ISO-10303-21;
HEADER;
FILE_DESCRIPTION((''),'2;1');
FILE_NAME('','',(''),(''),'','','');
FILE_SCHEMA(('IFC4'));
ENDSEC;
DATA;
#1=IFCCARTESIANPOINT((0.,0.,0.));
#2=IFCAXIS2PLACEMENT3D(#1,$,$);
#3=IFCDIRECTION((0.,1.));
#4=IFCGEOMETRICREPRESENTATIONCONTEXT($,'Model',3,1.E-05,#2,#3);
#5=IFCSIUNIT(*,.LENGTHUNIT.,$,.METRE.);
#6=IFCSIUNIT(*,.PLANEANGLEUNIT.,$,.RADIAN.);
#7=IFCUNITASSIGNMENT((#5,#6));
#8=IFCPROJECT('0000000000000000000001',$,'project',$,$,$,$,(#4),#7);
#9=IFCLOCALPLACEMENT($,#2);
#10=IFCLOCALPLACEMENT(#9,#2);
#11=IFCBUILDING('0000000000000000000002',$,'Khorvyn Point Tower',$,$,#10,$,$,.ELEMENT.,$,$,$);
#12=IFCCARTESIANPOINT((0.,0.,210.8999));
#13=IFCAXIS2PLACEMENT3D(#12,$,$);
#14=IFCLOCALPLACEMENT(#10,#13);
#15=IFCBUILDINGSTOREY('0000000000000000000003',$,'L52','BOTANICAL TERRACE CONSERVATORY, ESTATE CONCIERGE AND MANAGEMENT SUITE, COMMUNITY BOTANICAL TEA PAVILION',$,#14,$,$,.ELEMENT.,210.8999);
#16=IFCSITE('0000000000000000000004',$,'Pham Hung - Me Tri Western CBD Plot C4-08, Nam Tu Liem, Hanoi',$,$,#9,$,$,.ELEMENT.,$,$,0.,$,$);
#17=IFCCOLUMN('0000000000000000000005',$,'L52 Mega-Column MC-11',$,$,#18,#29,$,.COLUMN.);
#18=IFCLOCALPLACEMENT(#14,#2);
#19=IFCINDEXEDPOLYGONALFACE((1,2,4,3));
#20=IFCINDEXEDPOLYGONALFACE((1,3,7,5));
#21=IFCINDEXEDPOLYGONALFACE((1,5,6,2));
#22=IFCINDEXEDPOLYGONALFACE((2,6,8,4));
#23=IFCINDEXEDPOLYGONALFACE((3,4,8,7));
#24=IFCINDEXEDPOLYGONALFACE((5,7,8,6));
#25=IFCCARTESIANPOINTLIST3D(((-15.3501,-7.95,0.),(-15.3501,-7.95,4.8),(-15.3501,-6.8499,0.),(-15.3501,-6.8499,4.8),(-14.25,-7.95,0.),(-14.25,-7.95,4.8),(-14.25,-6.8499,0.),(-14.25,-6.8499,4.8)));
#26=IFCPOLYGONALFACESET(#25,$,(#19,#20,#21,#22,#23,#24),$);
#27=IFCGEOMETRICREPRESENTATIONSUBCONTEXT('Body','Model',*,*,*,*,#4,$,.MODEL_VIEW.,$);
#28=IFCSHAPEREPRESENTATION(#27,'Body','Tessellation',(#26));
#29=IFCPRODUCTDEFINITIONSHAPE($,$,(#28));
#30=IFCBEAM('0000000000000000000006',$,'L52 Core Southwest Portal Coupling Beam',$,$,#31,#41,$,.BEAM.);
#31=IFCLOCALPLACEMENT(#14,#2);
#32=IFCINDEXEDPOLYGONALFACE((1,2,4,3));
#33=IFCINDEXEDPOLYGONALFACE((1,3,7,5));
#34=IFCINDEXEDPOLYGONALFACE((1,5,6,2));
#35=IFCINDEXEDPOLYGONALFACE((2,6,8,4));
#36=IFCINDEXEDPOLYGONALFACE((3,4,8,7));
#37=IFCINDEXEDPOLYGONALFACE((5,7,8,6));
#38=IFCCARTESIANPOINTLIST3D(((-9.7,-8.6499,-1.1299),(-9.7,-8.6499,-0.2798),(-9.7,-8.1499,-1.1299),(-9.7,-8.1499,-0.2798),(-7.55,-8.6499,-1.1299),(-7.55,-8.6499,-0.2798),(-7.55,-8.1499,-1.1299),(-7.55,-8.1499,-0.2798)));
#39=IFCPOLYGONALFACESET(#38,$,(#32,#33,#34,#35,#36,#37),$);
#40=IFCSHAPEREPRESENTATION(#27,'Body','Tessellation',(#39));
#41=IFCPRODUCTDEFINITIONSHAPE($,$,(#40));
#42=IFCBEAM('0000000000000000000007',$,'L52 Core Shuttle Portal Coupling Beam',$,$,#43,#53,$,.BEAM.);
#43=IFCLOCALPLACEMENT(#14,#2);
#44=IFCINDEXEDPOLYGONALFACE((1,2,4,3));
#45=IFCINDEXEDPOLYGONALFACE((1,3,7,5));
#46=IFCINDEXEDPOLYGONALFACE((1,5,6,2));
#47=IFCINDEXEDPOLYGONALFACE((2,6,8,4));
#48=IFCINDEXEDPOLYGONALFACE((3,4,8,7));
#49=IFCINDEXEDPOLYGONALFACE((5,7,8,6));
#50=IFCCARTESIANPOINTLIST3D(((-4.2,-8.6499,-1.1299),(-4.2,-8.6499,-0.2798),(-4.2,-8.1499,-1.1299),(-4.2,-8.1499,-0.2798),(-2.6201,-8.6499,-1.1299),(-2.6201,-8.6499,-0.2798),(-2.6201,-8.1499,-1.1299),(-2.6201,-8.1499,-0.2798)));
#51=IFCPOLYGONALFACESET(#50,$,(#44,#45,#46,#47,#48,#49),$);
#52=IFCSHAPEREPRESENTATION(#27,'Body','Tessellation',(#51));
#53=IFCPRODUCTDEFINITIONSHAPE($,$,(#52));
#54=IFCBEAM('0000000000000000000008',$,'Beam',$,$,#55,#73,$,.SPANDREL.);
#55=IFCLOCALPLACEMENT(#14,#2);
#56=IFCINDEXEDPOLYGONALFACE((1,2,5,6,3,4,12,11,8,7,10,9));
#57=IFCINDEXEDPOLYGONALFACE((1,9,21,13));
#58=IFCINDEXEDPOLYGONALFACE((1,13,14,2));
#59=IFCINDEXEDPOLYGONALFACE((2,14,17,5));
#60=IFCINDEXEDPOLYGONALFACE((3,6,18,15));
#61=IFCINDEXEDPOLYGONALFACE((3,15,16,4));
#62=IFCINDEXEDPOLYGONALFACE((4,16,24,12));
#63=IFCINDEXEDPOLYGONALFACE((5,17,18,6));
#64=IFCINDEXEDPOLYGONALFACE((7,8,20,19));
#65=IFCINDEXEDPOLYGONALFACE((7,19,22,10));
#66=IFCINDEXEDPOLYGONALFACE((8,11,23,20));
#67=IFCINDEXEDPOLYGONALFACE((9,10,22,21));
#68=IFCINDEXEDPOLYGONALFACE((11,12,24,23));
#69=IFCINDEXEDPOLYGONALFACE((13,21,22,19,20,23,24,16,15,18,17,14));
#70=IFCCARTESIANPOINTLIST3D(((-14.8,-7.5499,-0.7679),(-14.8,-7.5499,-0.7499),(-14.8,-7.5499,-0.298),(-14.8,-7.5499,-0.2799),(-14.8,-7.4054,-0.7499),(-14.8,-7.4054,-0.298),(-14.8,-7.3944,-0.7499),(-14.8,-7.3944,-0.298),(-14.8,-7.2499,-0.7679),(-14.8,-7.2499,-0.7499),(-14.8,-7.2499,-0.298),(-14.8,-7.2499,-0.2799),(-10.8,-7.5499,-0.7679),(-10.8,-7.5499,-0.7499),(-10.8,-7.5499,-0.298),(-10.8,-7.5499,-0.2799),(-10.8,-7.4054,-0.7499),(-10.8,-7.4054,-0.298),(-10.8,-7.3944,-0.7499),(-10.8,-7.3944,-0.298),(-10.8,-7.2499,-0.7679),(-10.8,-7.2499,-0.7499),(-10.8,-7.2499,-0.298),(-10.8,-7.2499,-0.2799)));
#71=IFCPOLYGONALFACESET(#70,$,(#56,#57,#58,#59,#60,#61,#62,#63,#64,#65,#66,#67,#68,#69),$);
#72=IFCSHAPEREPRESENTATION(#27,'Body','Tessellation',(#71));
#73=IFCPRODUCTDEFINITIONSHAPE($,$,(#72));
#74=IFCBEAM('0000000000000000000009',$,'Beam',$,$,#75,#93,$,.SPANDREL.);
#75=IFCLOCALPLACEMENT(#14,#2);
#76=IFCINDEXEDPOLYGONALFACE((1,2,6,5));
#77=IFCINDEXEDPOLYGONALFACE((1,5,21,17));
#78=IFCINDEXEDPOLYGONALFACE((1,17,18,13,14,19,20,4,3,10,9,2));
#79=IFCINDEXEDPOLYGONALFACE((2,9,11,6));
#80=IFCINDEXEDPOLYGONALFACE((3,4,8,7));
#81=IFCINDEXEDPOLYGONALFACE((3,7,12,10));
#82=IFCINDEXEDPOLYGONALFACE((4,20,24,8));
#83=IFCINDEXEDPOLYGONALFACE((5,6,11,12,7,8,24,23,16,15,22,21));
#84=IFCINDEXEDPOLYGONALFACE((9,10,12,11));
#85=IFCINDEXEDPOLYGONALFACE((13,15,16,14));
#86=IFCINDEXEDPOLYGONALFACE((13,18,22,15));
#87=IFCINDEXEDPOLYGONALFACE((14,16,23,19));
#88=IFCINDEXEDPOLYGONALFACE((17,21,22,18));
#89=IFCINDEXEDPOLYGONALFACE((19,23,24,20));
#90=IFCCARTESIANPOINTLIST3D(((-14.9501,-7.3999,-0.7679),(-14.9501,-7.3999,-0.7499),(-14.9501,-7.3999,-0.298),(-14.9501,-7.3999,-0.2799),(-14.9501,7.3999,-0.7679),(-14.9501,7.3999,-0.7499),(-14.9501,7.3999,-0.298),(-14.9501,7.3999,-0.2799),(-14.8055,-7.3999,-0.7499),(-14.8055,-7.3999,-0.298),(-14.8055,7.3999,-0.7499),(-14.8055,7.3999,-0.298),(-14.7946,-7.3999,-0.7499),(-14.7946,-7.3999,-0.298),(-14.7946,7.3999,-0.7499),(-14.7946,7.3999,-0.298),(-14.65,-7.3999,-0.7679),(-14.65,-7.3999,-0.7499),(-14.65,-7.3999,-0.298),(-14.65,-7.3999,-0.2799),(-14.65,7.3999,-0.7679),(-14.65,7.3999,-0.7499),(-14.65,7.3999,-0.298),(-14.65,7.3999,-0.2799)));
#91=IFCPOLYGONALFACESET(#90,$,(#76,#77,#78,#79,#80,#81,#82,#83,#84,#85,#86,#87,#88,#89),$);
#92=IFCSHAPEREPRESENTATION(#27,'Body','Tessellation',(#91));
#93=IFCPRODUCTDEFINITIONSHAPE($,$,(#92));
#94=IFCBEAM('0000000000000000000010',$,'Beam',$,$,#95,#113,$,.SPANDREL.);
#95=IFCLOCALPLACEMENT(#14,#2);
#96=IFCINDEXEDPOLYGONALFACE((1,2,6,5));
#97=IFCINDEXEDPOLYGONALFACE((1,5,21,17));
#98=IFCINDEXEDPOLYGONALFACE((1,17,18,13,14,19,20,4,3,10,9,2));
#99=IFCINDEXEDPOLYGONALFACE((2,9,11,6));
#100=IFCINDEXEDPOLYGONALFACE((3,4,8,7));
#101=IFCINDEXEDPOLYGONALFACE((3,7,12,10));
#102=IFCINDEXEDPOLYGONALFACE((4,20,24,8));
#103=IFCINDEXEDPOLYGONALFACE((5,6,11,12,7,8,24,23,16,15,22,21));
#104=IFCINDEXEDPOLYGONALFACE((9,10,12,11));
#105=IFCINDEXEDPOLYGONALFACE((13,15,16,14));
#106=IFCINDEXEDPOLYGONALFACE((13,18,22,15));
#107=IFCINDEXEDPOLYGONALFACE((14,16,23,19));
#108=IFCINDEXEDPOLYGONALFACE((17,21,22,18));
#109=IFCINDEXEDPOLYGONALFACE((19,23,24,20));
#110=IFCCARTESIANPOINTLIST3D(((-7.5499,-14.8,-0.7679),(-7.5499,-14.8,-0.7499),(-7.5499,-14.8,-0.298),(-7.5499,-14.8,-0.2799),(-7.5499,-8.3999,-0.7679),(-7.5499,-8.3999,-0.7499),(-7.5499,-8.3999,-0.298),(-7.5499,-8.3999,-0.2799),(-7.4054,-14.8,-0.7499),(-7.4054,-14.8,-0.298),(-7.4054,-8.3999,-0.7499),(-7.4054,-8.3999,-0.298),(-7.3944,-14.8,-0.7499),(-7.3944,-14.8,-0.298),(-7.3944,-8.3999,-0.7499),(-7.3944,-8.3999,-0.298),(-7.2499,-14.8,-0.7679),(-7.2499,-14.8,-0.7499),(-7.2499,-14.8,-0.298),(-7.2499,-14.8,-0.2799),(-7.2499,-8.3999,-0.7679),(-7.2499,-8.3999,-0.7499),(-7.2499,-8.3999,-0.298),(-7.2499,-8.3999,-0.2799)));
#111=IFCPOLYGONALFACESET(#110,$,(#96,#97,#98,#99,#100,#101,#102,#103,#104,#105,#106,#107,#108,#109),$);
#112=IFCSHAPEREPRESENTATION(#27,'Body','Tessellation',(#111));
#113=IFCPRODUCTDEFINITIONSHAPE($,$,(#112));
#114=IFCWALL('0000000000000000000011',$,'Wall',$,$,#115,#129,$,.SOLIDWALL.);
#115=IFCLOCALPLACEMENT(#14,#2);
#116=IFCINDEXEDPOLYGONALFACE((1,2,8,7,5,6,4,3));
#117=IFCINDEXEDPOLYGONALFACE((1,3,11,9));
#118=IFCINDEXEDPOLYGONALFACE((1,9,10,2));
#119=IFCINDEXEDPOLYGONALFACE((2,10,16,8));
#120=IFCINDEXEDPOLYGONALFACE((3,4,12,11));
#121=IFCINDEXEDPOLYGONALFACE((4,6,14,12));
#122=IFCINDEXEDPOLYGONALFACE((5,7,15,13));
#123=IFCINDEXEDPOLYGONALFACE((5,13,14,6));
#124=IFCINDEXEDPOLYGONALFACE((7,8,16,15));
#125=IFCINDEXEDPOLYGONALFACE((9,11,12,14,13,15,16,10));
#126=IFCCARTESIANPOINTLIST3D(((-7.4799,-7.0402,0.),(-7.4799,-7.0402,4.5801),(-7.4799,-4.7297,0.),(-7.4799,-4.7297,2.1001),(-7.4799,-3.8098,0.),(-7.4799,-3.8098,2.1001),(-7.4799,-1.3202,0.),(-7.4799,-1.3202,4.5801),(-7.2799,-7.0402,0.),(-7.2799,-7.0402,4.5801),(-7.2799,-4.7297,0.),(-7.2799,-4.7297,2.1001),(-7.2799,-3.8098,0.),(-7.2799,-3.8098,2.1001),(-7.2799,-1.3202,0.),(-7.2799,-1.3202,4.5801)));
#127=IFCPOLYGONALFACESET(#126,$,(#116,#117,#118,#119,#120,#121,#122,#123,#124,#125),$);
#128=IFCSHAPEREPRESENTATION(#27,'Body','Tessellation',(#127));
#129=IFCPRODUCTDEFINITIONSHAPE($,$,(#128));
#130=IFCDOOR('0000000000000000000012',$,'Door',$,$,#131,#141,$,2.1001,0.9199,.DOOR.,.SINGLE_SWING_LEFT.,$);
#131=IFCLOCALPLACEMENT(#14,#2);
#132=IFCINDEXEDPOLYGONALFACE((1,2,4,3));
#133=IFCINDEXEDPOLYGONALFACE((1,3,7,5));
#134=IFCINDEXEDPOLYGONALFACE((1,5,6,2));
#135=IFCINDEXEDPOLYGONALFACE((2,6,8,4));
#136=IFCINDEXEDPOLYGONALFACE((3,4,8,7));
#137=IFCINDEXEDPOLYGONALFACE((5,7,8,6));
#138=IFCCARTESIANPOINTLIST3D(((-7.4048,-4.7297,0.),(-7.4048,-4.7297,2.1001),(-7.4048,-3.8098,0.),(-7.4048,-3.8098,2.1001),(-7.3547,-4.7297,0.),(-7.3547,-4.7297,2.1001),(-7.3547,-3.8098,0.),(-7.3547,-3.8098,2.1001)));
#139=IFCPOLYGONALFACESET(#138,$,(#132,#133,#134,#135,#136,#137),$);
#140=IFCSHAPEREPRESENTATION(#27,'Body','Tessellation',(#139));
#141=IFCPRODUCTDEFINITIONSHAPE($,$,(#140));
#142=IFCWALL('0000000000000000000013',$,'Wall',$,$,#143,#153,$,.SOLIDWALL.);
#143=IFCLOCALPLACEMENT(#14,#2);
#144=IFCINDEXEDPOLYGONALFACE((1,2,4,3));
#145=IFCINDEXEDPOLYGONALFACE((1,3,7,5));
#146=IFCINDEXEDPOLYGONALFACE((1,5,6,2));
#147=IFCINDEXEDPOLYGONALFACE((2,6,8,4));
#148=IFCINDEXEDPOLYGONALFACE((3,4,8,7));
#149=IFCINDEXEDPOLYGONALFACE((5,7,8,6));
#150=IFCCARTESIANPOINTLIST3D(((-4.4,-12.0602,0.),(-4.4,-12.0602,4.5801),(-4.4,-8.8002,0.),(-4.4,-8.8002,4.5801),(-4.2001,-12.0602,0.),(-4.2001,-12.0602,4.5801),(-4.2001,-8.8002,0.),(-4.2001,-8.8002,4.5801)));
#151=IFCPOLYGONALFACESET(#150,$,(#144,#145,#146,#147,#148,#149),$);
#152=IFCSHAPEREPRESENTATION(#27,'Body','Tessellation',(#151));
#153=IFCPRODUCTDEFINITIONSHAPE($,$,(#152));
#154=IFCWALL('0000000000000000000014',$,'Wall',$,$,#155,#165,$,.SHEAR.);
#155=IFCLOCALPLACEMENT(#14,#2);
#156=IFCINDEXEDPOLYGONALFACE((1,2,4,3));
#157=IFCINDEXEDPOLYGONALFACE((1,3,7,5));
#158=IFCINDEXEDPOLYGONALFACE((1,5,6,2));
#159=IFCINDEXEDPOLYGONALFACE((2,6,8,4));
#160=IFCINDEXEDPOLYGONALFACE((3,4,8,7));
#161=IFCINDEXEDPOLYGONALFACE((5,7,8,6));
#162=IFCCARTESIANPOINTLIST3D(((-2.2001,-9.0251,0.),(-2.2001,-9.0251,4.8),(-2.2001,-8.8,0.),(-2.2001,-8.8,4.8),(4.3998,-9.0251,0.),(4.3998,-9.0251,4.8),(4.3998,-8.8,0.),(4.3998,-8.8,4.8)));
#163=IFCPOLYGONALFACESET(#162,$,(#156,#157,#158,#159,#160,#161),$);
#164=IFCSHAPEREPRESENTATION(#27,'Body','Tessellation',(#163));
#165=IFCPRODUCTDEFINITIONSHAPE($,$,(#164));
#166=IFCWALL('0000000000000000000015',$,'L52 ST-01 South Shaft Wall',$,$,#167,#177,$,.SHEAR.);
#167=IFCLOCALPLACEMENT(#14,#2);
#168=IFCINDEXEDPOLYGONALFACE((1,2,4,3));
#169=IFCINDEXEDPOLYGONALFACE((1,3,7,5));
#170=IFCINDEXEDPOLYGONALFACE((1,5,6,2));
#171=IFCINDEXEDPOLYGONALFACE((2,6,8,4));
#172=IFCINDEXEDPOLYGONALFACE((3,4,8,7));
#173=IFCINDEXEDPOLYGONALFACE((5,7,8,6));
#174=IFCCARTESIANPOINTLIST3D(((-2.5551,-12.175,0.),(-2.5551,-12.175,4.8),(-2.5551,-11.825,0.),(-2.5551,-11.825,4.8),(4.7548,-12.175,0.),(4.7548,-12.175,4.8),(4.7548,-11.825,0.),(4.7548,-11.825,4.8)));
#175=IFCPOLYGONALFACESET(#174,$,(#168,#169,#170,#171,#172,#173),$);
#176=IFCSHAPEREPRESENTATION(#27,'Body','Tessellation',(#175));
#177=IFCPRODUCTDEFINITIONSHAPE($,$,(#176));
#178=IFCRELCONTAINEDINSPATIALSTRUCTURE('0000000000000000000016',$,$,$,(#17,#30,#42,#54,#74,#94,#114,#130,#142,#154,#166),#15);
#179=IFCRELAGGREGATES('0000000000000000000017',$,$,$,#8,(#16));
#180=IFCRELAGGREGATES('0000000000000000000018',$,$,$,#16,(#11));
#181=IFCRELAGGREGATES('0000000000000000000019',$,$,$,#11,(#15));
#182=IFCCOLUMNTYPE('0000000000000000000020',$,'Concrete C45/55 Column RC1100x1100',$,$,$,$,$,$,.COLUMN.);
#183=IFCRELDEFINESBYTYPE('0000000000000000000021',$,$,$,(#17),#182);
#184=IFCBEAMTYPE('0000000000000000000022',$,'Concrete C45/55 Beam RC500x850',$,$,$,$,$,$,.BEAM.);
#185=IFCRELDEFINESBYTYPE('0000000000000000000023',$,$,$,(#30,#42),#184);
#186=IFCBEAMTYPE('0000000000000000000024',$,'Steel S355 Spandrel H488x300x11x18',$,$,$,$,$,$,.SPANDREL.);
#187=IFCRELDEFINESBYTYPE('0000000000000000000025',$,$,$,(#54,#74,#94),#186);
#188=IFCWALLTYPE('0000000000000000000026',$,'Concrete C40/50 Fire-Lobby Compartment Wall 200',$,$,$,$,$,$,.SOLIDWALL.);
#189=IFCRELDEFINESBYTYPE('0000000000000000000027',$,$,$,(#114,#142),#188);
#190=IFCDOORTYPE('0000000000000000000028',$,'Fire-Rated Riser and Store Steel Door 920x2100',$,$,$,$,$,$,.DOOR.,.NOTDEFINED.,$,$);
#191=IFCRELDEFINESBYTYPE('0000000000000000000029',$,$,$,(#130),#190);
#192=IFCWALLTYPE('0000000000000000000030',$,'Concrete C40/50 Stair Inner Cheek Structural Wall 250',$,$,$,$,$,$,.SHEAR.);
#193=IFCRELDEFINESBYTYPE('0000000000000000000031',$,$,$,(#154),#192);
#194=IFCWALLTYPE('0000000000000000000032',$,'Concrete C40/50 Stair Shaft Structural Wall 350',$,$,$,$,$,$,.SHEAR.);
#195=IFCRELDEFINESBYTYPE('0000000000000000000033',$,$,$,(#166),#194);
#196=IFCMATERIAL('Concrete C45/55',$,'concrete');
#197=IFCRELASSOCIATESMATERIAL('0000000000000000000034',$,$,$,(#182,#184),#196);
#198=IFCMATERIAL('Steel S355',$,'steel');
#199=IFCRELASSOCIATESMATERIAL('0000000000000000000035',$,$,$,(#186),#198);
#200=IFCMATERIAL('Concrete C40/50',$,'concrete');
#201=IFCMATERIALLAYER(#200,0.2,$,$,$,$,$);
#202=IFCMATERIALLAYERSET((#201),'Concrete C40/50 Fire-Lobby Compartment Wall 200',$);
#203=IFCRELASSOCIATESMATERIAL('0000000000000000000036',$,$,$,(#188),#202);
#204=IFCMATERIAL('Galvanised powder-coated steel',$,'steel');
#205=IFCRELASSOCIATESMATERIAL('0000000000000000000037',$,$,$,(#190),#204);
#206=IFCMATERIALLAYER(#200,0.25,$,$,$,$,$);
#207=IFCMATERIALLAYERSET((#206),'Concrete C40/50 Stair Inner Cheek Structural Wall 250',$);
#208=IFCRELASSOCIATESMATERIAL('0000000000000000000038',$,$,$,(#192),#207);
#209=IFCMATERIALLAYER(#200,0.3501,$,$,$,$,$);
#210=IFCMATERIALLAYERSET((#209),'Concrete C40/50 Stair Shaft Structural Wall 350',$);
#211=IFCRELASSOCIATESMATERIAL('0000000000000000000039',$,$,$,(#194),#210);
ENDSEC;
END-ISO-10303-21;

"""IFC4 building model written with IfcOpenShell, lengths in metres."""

from ifc_helpers import new_model, si_unit, direction, frame, frame_2d, origin, origin_2d, place, context, subcontext, project, spatial, rectangle, i_section, extrude, material, layer, layer_set, material_profile, profile_set, type_object, element, fill, save


model = new_model("IFC4")

# Units and contexts
model_context = context("Model", 3, precision=1e-05, world=origin(), true_north=direction((0.0, 1.0)))
body_context = subcontext(model_context, "Body", "Model", "MODEL_VIEW")
ifc_project = project(units=[si_unit("LENGTHUNIT", "METRE"), si_unit("PLANEANGLEUNIT", "RADIAN")], contexts=[model_context])

# Site, building, storey
site_placement = place(None, origin())
site = spatial("IfcSite", under=ifc_project, at=site_placement, Name="Pham Hung - Me Tri Western CBD Plot C4-08, Nam Tu Liem, Hanoi", CompositionType="ELEMENT", RefElevation=0.0)
building_placement = place(site_placement, origin())
building = spatial("IfcBuilding", under=site, at=building_placement, Name="Khorvyn Point Tower", CompositionType="ELEMENT")
storey_placement = place(building_placement, frame((0.0, 0.0, 210.8999)))
storey = spatial("IfcBuildingStorey", under=building, at=storey_placement, Name="L52", Description="BOTANICAL TERRACE CONSERVATORY, ESTATE CONCIERGE AND MANAGEMENT SUITE, COMMUNITY BOTANICAL TEA PAVILION", CompositionType="ELEMENT", Elevation=210.8999)

# Column
ifc_material_1 = material(Name="Concrete C45/55", Category="concrete")
ifc_material_profile_1 = material_profile(ifc_material_1, rectangle(XDim=1.1001, YDim=1.1001, at=origin_2d()))
ifc_profile_set_1 = profile_set([ifc_material_profile_1], Name="Concrete C45/55 RC1100x1100")
column_type = type_object("IfcColumnType", Name="Concrete C45/55 Column RC1100x1100", PredefinedType="COLUMN", material=ifc_profile_set_1)
column_placement = place(storey_placement, frame((-14.8, -7.3999, 0.0), z_axis=(0.0, 0.0, 1.0), x_axis=(1.0, 0.0, 0.0)))
element("IfcColumn", 1, at=column_placement, inside=storey, type_object=column_type, Name="L52 Mega-Column MC-11", PredefinedType="COLUMN", context=body_context, shape_type="SweptSolid", body=[
    extrude(rectangle(XDim=1.1001, YDim=1.1001, at=origin_2d()), origin(), (0.0, 0.0, 1.0), 4.8),
])

# Beams
ifc_material_profile_2 = material_profile(ifc_material_1, rectangle(XDim=0.5, YDim=0.8501, at=origin_2d()))
ifc_profile_set_2 = profile_set([ifc_material_profile_2], Name="Concrete C45/55 RC500x850")
beam_type_1 = type_object("IfcBeamType", Name="Concrete C45/55 Beam RC500x850", PredefinedType="BEAM", material=ifc_profile_set_2)
beam_1_placement = place(storey_placement, frame((-9.7, -8.3999, -0.7048), z_axis=(1.0, 0.0, 0.0), x_axis=(0.0, 1.0, 0.0)))
element("IfcBeam", 2, at=beam_1_placement, inside=storey, type_object=beam_type_1, Name="L52 Core Southwest Portal Coupling Beam", PredefinedType="BEAM", context=body_context, shape_type="SweptSolid", body=[
    extrude(rectangle(XDim=0.5, YDim=0.8501, at=origin_2d()), origin(), (0.0, 0.0, 1.0), 2.1499),
])
beam_2_placement = place(storey_placement, frame((-4.2, -8.3999, -0.7048), z_axis=(1.0, 0.0, 0.0), x_axis=(0.0, 1.0, 0.0)))
element("IfcBeam", 3, at=beam_2_placement, inside=storey, type_object=beam_type_1, Name="L52 Core Shuttle Portal Coupling Beam", PredefinedType="BEAM", context=body_context, shape_type="SweptSolid", body=[
    extrude(rectangle(XDim=0.5, YDim=0.8501, at=origin_2d()), origin(), (0.0, 0.0, 1.0), 1.5798),
])
ifc_material_2 = material(Name="Steel S355", Category="steel")
ifc_material_profile_3 = material_profile(ifc_material_2, i_section(OverallWidth=0.3, OverallDepth=0.488, WebThickness=0.011, FlangeThickness=0.0181, at=origin_2d()))
ifc_profile_set_3 = profile_set([ifc_material_profile_3], Name="Steel S355 H488x300x11x18")
beam_type_2 = type_object("IfcBeamType", Name="Steel S355 Spandrel H488x300x11x18", PredefinedType="SPANDREL", material=ifc_profile_set_3)
beam_3_placement = place(storey_placement, frame((-14.8, -7.3999, -0.5239), z_axis=(1.0, 0.0, 0.0), x_axis=(0.0, 1.0, 0.0)))
element("IfcBeam", 4, at=beam_3_placement, inside=storey, type_object=beam_type_2, Name="Beam", PredefinedType="SPANDREL", context=body_context, shape_type="SweptSolid", body=[
    extrude(i_section(OverallWidth=0.3, OverallDepth=0.488, WebThickness=0.011, FlangeThickness=0.0181, at=origin_2d()), origin(), (0.0, 0.0, 1.0), 4.0),
])
beam_4_placement = place(storey_placement, frame((-14.8, -7.3999, -0.5239), z_axis=(0.0, 1.0, 0.0), x_axis=(-1.0, 0.0, 0.0)))
element("IfcBeam", 5, at=beam_4_placement, inside=storey, type_object=beam_type_2, Name="Beam", PredefinedType="SPANDREL", context=body_context, shape_type="SweptSolid", body=[
    extrude(i_section(OverallWidth=0.3, OverallDepth=0.488, WebThickness=0.011, FlangeThickness=0.0181, at=origin_2d()), origin(), (0.0, 0.0, 1.0), 14.7998),
])
beam_5_placement = place(storey_placement, frame((-7.3999, -14.8, -0.5239), z_axis=(0.0, 1.0, 0.0), x_axis=(-1.0, 0.0, 0.0)))
element("IfcBeam", 6, at=beam_5_placement, inside=storey, type_object=beam_type_2, Name="Beam", PredefinedType="SPANDREL", context=body_context, shape_type="SweptSolid", body=[
    extrude(i_section(OverallWidth=0.3, OverallDepth=0.488, WebThickness=0.011, FlangeThickness=0.0181, at=origin_2d()), origin(), (0.0, 0.0, 1.0), 6.4001),
])

# Wall, opening, door
ifc_material_3 = material(Name="Concrete C40/50", Category="concrete")
ifc_layer_1 = layer(ifc_material_3, 0.2)
ifc_layer_set_1 = layer_set([ifc_layer_1], Name="Concrete C40/50 Fire-Lobby Compartment Wall 200")
wall_type_1 = type_object("IfcWallType", Name="Concrete C40/50 Fire-Lobby Compartment Wall 200", PredefinedType="SOLIDWALL", material=ifc_layer_set_1)
ifc_material_4 = material(Name="Galvanised powder-coated steel", Category="steel")
wall_1_placement = place(storey_placement, frame((-7.3799, -7.04, 0.0), z_axis=(0.0, 0.0, 1.0), x_axis=(0.0, 1.0, 0.0)))
wall_1 = element("IfcWall", 7, at=wall_1_placement, inside=storey, type_object=wall_type_1, Name="Wall", PredefinedType="SOLIDWALL", context=body_context, shape_type="SweptSolid", body=[
    extrude(rectangle(XDim=5.72, YDim=0.2, at=frame_2d((2.8599, 0.0))), origin(), (0.0, 0.0, 1.0), 4.5801),
])
opening_1_placement = place(wall_1_placement, frame((2.3103, 0.0, 0.0)))
opening_1 = element("IfcOpeningElement", 8, at=opening_1_placement, cuts=wall_1, PredefinedType="OPENING", context=body_context, shape_type="SweptSolid", body=[
    extrude(rectangle(XDim=0.9199, YDim=2.1001, at=frame_2d((0.46, 1.05))), frame((0.0, 0.1099, 0.0), z_axis=(0.0, -1.0, 0.0), x_axis=(1.0, 0.0, 0.0)), (0.0, 0.0, 1.0), 0.22),
])
door_type_1 = type_object("IfcDoorType", Name="Fire-Rated Riser and Store Steel Door 920x2100", OperationType="NOTDEFINED", PredefinedType="DOOR", material=ifc_material_4)
door_1_placement = place(opening_1_placement, origin())
door_1 = element("IfcDoor", 9, at=door_1_placement, inside=storey, type_object=door_type_1, Name="Door", OperationType="SINGLE_SWING_LEFT", OverallHeight=2.1001, OverallWidth=0.9199, PredefinedType="DOOR", context=body_context, shape_type="SweptSolid", body=[
    extrude(rectangle(XDim=0.9199, YDim=2.1001, at=frame_2d((0.46, 1.05))), frame((0.0, 0.0249, 0.0), z_axis=(0.0, -1.0, 0.0), x_axis=(1.0, 0.0, 0.0)), (0.0, 0.0, 1.0), 0.05),
])
fill(opening_1, door_1)

# Walls
wall_2_placement = place(storey_placement, frame((-4.3, -12.0601, 0.0), z_axis=(0.0, 0.0, 1.0), x_axis=(0.0, 1.0, 0.0)))
element("IfcWall", 10, at=wall_2_placement, inside=storey, type_object=wall_type_1, Name="Wall", PredefinedType="SOLIDWALL", context=body_context, shape_type="SweptSolid", body=[
    extrude(rectangle(XDim=3.26, YDim=0.2, at=frame_2d((1.6299, 0.0))), origin(), (0.0, 0.0, 1.0), 4.5801),
])
ifc_layer_2 = layer(ifc_material_3, 0.25)
ifc_layer_set_2 = layer_set([ifc_layer_2], Name="Concrete C40/50 Stair Inner Cheek Structural Wall 250")
wall_type_2 = type_object("IfcWallType", Name="Concrete C40/50 Stair Inner Cheek Structural Wall 250", PredefinedType="SHEAR", material=ifc_layer_set_2)
wall_3_placement = place(storey_placement, frame((-2.2, -8.9126, 0.0), z_axis=(0.0, 0.0, 1.0), x_axis=(1.0, 0.0, 0.0)))
element("IfcWall", 11, at=wall_3_placement, inside=storey, type_object=wall_type_2, Name="Wall", PredefinedType="SHEAR", context=body_context, shape_type="SweptSolid", body=[
    extrude(rectangle(XDim=6.5999, YDim=0.2251, at=frame_2d((3.2998, 0.0))), origin(), (0.0, 0.0, 1.0), 4.8),
])
ifc_layer_3 = layer(ifc_material_3, 0.3501)
ifc_layer_set_3 = layer_set([ifc_layer_3], Name="Concrete C40/50 Stair Shaft Structural Wall 350")
wall_type_3 = type_object("IfcWallType", Name="Concrete C40/50 Stair Shaft Structural Wall 350", PredefinedType="SHEAR", material=ifc_layer_set_3)
wall_4_placement = place(storey_placement, frame((-2.5549, -12.0, 0.0), z_axis=(0.0, 0.0, 1.0), x_axis=(1.0, 0.0, 0.0)))
element("IfcWall", 12, at=wall_4_placement, inside=storey, type_object=wall_type_3, Name="L52 ST-01 South Shaft Wall", PredefinedType="SHEAR", context=body_context, shape_type="SweptSolid", body=[
    extrude(rectangle(XDim=7.3098, YDim=0.3501, at=frame_2d((3.6548, 0.0))), origin(), (0.0, 0.0, 1.0), 4.8),
])

save(model, "model.ifc")
